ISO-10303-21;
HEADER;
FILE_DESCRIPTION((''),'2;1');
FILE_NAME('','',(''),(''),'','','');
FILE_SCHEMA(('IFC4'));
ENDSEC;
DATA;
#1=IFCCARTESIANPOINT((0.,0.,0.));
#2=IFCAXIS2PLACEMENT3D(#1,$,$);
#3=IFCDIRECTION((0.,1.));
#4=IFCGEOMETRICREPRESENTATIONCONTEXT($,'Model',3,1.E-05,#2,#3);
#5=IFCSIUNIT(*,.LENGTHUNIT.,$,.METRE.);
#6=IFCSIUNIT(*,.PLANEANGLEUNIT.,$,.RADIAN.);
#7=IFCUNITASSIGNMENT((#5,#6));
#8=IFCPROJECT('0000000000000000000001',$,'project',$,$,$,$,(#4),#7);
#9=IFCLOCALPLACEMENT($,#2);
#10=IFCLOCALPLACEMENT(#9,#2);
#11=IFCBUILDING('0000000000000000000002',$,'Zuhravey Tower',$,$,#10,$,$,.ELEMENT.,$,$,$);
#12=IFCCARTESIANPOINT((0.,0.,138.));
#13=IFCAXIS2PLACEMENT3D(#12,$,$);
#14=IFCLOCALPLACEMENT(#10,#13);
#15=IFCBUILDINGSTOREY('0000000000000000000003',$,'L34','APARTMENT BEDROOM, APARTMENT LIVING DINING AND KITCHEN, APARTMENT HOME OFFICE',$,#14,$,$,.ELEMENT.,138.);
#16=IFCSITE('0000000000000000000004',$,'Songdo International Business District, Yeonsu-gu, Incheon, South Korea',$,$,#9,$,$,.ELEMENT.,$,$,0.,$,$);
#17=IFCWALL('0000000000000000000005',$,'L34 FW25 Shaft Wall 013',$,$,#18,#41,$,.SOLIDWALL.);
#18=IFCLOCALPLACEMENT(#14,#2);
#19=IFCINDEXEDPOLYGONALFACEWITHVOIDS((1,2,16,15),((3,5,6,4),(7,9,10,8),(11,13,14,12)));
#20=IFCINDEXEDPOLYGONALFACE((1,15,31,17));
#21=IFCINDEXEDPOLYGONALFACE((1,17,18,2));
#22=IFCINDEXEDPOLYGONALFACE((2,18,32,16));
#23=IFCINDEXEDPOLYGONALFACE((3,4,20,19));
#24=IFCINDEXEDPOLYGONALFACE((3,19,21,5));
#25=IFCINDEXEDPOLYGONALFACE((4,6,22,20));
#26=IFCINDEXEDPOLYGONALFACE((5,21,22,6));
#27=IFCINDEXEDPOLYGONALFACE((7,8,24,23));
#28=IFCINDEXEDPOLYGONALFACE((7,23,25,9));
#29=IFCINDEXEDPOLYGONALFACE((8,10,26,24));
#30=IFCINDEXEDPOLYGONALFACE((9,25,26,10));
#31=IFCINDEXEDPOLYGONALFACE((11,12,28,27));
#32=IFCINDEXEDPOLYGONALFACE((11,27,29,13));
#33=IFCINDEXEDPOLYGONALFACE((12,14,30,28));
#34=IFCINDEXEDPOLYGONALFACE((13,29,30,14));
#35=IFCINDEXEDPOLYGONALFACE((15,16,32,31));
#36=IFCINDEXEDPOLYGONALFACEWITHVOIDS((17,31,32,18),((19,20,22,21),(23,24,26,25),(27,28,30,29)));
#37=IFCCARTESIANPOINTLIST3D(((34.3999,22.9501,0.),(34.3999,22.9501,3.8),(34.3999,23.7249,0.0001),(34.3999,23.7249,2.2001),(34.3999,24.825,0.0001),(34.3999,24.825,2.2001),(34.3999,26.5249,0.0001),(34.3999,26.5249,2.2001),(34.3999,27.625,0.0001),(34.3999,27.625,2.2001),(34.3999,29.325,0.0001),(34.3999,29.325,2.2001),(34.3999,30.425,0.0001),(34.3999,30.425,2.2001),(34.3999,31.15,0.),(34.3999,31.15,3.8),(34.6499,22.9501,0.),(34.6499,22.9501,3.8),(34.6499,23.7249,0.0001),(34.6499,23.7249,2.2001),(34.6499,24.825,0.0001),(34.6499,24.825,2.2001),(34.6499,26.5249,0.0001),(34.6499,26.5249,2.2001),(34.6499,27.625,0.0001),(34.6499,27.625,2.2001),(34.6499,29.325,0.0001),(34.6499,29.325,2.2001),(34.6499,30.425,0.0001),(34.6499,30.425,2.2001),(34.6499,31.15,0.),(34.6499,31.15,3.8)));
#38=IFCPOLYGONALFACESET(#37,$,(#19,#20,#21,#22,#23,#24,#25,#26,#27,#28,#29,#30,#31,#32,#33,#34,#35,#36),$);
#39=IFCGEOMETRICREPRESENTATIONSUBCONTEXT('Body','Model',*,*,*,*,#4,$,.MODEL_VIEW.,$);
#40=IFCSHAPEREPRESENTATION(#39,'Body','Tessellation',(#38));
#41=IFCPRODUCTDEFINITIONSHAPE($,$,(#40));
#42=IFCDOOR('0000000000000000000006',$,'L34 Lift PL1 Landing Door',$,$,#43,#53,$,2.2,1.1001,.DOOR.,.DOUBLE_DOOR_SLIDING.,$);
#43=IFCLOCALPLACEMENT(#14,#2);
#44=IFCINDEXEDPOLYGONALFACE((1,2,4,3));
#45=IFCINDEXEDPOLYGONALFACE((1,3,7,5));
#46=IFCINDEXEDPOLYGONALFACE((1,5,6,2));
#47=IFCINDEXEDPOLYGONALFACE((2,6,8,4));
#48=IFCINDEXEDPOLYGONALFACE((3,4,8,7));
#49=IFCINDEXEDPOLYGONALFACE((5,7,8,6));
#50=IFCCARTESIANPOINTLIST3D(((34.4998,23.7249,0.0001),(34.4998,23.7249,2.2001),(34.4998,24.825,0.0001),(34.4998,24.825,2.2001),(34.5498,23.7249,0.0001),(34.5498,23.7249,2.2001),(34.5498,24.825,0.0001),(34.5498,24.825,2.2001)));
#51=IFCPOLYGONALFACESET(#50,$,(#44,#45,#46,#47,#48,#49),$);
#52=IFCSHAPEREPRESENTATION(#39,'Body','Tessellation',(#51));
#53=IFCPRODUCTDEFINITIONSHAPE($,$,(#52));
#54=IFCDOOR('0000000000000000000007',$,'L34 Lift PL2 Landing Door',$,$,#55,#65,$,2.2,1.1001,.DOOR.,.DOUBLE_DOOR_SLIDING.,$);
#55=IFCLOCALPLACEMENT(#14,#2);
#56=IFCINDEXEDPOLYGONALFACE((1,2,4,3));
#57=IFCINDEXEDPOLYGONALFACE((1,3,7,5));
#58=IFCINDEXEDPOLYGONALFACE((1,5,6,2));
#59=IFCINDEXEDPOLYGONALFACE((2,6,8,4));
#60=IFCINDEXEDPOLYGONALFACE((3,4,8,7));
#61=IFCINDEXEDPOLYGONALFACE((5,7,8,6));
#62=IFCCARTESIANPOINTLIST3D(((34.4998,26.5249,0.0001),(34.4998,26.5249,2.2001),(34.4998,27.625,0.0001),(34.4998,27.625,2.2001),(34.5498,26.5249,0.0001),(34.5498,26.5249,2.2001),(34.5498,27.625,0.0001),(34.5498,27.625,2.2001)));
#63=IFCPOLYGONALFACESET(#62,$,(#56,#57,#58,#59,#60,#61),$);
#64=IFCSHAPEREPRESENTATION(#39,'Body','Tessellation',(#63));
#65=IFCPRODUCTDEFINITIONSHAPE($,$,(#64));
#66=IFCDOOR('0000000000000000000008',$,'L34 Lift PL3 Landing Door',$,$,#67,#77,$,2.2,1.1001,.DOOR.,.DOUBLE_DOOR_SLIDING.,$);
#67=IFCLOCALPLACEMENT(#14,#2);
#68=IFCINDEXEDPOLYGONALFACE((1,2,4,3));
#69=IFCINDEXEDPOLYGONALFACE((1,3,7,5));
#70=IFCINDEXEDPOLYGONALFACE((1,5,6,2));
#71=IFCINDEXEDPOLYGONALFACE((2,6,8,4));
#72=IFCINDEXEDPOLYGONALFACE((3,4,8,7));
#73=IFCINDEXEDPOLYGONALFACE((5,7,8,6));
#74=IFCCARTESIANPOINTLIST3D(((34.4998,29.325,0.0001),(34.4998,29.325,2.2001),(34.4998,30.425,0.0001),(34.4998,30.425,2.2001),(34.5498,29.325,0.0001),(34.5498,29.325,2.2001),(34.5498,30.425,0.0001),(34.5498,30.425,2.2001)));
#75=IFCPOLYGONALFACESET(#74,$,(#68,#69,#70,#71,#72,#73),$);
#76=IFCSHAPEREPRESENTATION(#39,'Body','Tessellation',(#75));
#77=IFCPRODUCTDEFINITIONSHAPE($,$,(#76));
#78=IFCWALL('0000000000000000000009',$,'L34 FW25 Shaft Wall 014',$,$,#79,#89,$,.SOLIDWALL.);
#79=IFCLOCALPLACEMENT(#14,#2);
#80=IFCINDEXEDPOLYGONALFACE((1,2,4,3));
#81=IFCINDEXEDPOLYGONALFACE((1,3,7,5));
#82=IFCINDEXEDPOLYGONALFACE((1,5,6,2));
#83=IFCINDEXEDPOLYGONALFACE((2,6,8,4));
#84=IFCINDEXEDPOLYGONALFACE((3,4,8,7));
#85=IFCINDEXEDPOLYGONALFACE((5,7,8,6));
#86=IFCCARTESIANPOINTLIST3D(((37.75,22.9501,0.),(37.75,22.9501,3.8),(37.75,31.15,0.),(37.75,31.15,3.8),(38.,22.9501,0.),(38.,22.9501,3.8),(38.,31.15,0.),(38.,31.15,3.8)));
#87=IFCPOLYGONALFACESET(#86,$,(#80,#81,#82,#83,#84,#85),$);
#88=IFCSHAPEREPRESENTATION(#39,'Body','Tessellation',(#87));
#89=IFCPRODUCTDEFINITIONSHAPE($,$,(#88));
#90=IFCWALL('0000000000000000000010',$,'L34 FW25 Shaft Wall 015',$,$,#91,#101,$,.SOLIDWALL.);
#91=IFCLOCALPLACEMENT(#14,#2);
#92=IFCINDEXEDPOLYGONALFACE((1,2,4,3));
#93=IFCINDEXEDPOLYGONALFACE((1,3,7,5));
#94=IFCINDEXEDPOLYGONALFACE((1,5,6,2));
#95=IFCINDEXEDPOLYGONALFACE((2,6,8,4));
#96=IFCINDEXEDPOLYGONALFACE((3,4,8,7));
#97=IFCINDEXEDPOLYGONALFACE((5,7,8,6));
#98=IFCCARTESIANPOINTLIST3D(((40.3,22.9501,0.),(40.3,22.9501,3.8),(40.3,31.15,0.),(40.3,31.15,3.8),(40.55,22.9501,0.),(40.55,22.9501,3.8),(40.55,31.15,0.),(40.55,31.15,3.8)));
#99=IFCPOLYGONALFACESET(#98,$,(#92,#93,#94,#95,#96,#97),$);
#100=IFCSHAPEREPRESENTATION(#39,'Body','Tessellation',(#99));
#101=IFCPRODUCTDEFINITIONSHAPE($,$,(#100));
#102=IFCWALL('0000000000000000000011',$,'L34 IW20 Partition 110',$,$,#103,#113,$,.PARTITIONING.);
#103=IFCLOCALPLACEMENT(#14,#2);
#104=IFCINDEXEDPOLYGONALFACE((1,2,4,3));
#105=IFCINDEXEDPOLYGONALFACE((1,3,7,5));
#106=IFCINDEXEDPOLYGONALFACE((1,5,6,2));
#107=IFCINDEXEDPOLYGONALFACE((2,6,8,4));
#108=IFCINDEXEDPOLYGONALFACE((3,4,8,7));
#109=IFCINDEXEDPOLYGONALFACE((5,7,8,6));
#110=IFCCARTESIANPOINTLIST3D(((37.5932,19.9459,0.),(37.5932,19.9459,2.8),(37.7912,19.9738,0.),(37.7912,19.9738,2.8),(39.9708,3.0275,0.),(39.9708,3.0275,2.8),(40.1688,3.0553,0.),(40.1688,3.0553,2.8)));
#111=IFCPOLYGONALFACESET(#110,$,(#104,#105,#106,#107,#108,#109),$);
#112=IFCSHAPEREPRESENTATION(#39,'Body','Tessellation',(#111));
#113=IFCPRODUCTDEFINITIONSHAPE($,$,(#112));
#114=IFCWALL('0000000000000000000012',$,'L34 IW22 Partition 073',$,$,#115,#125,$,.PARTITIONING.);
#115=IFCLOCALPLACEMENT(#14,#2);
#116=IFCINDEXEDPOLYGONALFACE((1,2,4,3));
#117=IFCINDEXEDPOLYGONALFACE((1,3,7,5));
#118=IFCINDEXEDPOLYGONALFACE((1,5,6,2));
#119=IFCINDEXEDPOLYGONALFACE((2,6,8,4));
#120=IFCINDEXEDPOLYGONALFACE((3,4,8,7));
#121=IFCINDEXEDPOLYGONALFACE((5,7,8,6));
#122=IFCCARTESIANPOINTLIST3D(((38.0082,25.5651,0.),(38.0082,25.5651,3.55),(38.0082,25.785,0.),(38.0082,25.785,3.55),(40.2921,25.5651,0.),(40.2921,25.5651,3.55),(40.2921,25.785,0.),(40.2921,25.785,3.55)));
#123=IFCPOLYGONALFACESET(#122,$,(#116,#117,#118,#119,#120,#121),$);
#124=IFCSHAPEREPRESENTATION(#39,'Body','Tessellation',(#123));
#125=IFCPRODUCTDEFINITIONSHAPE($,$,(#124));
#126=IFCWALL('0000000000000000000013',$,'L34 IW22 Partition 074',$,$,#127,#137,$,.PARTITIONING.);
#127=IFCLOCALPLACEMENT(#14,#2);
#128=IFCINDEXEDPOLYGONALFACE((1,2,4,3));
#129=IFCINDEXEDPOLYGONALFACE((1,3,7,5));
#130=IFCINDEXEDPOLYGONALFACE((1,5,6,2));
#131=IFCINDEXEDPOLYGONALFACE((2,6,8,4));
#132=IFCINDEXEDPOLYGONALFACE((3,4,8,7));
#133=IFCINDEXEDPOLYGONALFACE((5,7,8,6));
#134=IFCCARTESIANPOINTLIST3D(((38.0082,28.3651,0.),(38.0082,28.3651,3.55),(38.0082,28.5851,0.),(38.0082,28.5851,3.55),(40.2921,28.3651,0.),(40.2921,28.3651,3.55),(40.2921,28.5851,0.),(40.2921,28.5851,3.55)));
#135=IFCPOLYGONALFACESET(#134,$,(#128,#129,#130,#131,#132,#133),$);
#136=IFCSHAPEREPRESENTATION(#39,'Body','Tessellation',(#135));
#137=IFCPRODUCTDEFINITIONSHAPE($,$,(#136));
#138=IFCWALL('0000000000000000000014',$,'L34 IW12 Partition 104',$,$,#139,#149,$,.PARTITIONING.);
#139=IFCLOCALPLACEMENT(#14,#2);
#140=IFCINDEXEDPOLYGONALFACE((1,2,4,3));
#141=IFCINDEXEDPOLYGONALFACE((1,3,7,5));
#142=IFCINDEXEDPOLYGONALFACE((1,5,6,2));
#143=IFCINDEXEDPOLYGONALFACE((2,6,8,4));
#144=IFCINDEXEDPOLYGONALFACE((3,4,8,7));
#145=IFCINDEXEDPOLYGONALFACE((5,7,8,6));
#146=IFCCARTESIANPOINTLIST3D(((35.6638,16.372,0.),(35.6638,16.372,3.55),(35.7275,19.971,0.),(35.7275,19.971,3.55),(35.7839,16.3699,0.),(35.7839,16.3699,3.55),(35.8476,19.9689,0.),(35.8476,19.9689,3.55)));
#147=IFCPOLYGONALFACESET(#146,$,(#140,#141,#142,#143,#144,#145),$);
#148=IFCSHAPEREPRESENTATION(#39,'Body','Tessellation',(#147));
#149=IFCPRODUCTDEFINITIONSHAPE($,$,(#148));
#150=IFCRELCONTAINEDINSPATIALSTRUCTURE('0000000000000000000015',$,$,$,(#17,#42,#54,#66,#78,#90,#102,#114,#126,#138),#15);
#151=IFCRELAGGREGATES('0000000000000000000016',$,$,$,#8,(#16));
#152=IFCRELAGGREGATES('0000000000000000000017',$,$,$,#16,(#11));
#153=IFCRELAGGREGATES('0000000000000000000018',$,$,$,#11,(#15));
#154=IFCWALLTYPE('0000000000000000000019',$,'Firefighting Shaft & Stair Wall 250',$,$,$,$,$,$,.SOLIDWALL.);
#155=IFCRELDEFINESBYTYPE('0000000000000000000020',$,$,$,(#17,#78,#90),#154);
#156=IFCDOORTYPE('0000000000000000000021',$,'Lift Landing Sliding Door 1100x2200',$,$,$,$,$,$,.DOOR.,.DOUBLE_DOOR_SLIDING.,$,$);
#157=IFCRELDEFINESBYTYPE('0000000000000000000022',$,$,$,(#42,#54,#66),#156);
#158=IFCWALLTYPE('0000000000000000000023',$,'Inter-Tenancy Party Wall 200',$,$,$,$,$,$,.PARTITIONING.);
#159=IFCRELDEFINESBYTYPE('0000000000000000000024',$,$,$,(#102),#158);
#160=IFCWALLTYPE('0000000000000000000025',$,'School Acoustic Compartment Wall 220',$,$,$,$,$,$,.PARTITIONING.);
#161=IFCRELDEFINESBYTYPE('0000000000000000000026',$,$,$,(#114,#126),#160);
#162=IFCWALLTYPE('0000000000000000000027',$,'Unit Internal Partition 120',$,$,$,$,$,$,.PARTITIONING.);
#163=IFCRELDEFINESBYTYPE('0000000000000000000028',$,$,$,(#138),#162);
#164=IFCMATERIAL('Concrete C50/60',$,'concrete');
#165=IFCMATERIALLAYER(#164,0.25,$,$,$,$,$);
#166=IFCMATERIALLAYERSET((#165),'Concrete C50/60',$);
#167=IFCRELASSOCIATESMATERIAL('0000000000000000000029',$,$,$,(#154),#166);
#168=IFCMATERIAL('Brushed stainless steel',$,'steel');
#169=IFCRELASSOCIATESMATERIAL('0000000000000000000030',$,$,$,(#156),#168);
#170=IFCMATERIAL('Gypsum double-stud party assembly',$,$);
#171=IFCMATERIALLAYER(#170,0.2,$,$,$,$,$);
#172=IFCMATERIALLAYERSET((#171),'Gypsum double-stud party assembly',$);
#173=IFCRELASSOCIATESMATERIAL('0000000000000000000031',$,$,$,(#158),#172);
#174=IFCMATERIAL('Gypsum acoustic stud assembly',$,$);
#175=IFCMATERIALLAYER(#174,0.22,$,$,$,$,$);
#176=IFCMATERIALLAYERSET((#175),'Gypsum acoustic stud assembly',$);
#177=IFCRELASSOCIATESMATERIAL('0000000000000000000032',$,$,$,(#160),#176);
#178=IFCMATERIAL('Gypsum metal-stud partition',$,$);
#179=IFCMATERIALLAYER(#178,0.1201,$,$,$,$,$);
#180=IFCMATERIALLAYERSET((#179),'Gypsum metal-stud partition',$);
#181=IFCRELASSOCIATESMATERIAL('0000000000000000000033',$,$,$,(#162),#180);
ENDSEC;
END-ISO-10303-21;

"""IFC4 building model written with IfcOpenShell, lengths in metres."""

from ifc_helpers import new_model, si_unit, direction, frame, frame_2d, origin, place, context, subcontext, project, spatial, rectangle, extrude, material, layer, layer_set, type_object, element, fill, save


model = new_model("IFC4")

# Units and contexts
model_context = context("Model", 3, precision=1e-05, world=origin(), true_north=direction((0.0, 1.0)))
body_context = subcontext(model_context, "Body", "Model", "MODEL_VIEW")
ifc_project = project(units=[si_unit("LENGTHUNIT", "METRE"), si_unit("PLANEANGLEUNIT", "RADIAN")], contexts=[model_context])

# Site, building, storey
site_placement = place(None, origin())
site = spatial("IfcSite", under=ifc_project, at=site_placement, Name="Songdo International Business District, Yeonsu-gu, Incheon, South Korea", CompositionType="ELEMENT", RefElevation=0.0)
building_placement = place(site_placement, origin())
building = spatial("IfcBuilding", under=site, at=building_placement, Name="Zuhravey Tower", CompositionType="ELEMENT")
storey_placement = place(building_placement, frame((0.0, 0.0, 138.0)))
storey = spatial("IfcBuildingStorey", under=building, at=storey_placement, Name="L34", Description="APARTMENT BEDROOM, APARTMENT LIVING DINING AND KITCHEN, APARTMENT HOME OFFICE", CompositionType="ELEMENT", Elevation=138.0)

# Shared definitions
ifc_material_1 = material(Name="Concrete C50/60", Category="concrete")
ifc_layer_1 = layer(ifc_material_1, 0.25)
ifc_layer_set_1 = layer_set([ifc_layer_1], Name="Concrete C50/60")
wall_type_1 = type_object("IfcWallType", Name="Firefighting Shaft & Stair Wall 250", PredefinedType="SOLIDWALL", material=ifc_layer_set_1)

# Wall, openings, doors
wall_1_placement = place(storey_placement, frame((34.5249, 22.95, 0.0), z_axis=(0.0, 0.0, 1.0), x_axis=(0.0, 1.0, 0.0)))
wall_1 = element("IfcWall", 1, at=wall_1_placement, inside=storey, type_object=wall_type_1, Name="L34 FW25 Shaft Wall 013", PredefinedType="SOLIDWALL", context=body_context, shape_type="SweptSolid", body=[
    extrude(rectangle(XDim=8.2, YDim=0.25, at=frame_2d((4.1001, 0.0))), origin(), (0.0, 0.0, 1.0), 3.8),
])
opening_1_placement = place(wall_1_placement, frame((0.7749, 0.0, 0.0)))
opening_1 = element("IfcOpeningElement", 2, at=opening_1_placement, cuts=wall_1, PredefinedType="OPENING", context=body_context, shape_type="SweptSolid", body=[
    extrude(rectangle(XDim=1.1001, YDim=2.2, at=frame_2d((0.55, 1.1001))), frame((0.0, 0.137, 0.0), z_axis=(0.0, -1.0, 0.0), x_axis=(1.0, 0.0, 0.0)), (0.0, 0.0, 1.0), 0.2739),
])
opening_2_placement = place(wall_1_placement, frame((3.575, 0.0, 0.0)))
opening_2 = element("IfcOpeningElement", 3, at=opening_2_placement, cuts=wall_1, PredefinedType="OPENING", context=body_context, shape_type="SweptSolid", body=[
    extrude(rectangle(XDim=1.1001, YDim=2.2, at=frame_2d((0.55, 1.1001))), frame((0.0, 0.137, 0.0), z_axis=(0.0, -1.0, 0.0), x_axis=(1.0, 0.0, 0.0)), (0.0, 0.0, 1.0), 0.2739),
])
opening_3_placement = place(wall_1_placement, frame((6.375, 0.0, 0.0)))
opening_3 = element("IfcOpeningElement", 4, at=opening_3_placement, cuts=wall_1, PredefinedType="OPENING", context=body_context, shape_type="SweptSolid", body=[
    extrude(rectangle(XDim=1.1001, YDim=2.2, at=frame_2d((0.55, 1.1001))), frame((0.0, 0.137, 0.0), z_axis=(0.0, -1.0, 0.0), x_axis=(1.0, 0.0, 0.0)), (0.0, 0.0, 1.0), 0.2739),
])
ifc_material_2 = material(Name="Brushed stainless steel", Category="steel")
door_type_1 = type_object("IfcDoorType", Name="Lift Landing Sliding Door 1100x2200", OperationType="DOUBLE_DOOR_SLIDING", PredefinedType="DOOR", material=ifc_material_2)
door_1_placement = place(opening_1_placement, frame((1.1001, 0.0, 0.0), z_axis=(0.0, 0.0, 1.0), x_axis=(-1.0, 0.0, 0.0)))
door_1 = element("IfcDoor", 5, at=door_1_placement, inside=storey, type_object=door_type_1, Name="L34 Lift PL1 Landing Door", OperationType="DOUBLE_DOOR_SLIDING", OverallHeight=2.2, OverallWidth=1.1001, PredefinedType="DOOR", context=body_context, shape_type="SweptSolid", body=[
    extrude(rectangle(XDim=1.1001, YDim=2.2, at=frame_2d((0.55, 1.1001))), frame((0.0, 0.0249, 0.0), z_axis=(0.0, -1.0, 0.0), x_axis=(1.0, 0.0, 0.0)), (0.0, 0.0, 1.0), 0.05),
])
fill(opening_1, door_1)
door_2_placement = place(opening_2_placement, frame((1.1001, 0.0, 0.0), z_axis=(0.0, 0.0, 1.0), x_axis=(-1.0, 0.0, 0.0)))
door_2 = element("IfcDoor", 6, at=door_2_placement, inside=storey, type_object=door_type_1, Name="L34 Lift PL2 Landing Door", OperationType="DOUBLE_DOOR_SLIDING", OverallHeight=2.2, OverallWidth=1.1001, PredefinedType="DOOR", context=body_context, shape_type="SweptSolid", body=[
    extrude(rectangle(XDim=1.1001, YDim=2.2, at=frame_2d((0.55, 1.1001))), frame((0.0, 0.0249, 0.0), z_axis=(0.0, -1.0, 0.0), x_axis=(1.0, 0.0, 0.0)), (0.0, 0.0, 1.0), 0.05),
])
fill(opening_2, door_2)
door_3_placement = place(opening_3_placement, frame((1.1001, 0.0, 0.0), z_axis=(0.0, 0.0, 1.0), x_axis=(-1.0, 0.0, 0.0)))
door_3 = element("IfcDoor", 7, at=door_3_placement, inside=storey, type_object=door_type_1, Name="L34 Lift PL3 Landing Door", OperationType="DOUBLE_DOOR_SLIDING", OverallHeight=2.2, OverallWidth=1.1001, PredefinedType="DOOR", context=body_context, shape_type="SweptSolid", body=[
    extrude(rectangle(XDim=1.1001, YDim=2.2, at=frame_2d((0.55, 1.1001))), frame((0.0, 0.0249, 0.0), z_axis=(0.0, -1.0, 0.0), x_axis=(1.0, 0.0, 0.0)), (0.0, 0.0, 1.0), 0.05),
])
fill(opening_3, door_3)

# Walls
for number, where, z_axis, x_axis, name in (
    (8, (37.875, 22.95, 0.0), (0.0, 0.0, 1.0), (0.0, 1.0, 0.0), "L34 FW25 Shaft Wall 014"),
    (9, (40.425, 22.95, 0.0), (0.0, 0.0, 1.0), (0.0, 1.0, 0.0), "L34 FW25 Shaft Wall 015"),
):
    element("IfcWall", number, at=place(storey_placement, frame(where, z_axis=z_axis, x_axis=x_axis)), inside=storey, type_object=wall_type_1, Name=name, PredefinedType="SOLIDWALL", context=body_context, shape_type="SweptSolid", body=[
        extrude(rectangle(XDim=8.2, YDim=0.25, at=frame_2d((4.1001, 0.0))), origin(), (0.0, 0.0, 1.0), 3.8),
    ])
ifc_material_3 = material(Name="Gypsum double-stud party assembly")
ifc_layer_2 = layer(ifc_material_3, 0.2)
ifc_layer_set_2 = layer_set([ifc_layer_2], Name="Gypsum double-stud party assembly")
wall_type_2 = type_object("IfcWallType", Name="Inter-Tenancy Party Wall 200", PredefinedType="PARTITIONING", material=ifc_layer_set_2)
wall_2_placement = place(storey_placement, frame((37.6921, 19.96, 0.0), z_axis=(0.0, 0.0, 1.0), x_axis=(0.13917, -0.990268, 0.0)))
element("IfcWall", 10, at=wall_2_placement, inside=storey, type_object=wall_type_2, Name="L34 IW20 Partition 110", PredefinedType="PARTITIONING", context=body_context, shape_type="SweptSolid", body=[
    extrude(rectangle(XDim=17.0847, YDim=0.2, at=frame_2d((8.5425, 0.0))), origin(), (0.0, 0.0, 1.0), 2.8),
])
ifc_material_4 = material(Name="Gypsum acoustic stud assembly")
ifc_layer_3 = layer(ifc_material_4, 0.22)
ifc_layer_set_3 = layer_set([ifc_layer_3], Name="Gypsum acoustic stud assembly")
wall_type_3 = type_object("IfcWallType", Name="School Acoustic Compartment Wall 220", PredefinedType="PARTITIONING", material=ifc_layer_set_3)
for number, where, z_axis, x_axis, name in (
    (11, (38.0081, 25.675, 0.0), (0.0, 0.0, 1.0), (1.0, 0.0, 0.0), "L34 IW22 Partition 073"),
    (12, (38.0081, 28.4751, 0.0), (0.0, 0.0, 1.0), (1.0, 0.0, 0.0), "L34 IW22 Partition 074"),
):
    element("IfcWall", number, at=place(storey_placement, frame(where, z_axis=z_axis, x_axis=x_axis)), inside=storey, type_object=wall_type_3, Name=name, PredefinedType="PARTITIONING", context=body_context, shape_type="SweptSolid", body=[
        extrude(rectangle(XDim=2.2839, YDim=0.22, at=frame_2d((1.1421, 0.0))), origin(), (0.0, 0.0, 1.0), 3.55),
    ])
ifc_material_5 = material(Name="Gypsum metal-stud partition")
ifc_layer_4 = layer(ifc_material_5, 0.1201)
ifc_layer_set_4 = layer_set([ifc_layer_4], Name="Gypsum metal-stud partition")
wall_type_4 = type_object("IfcWallType", Name="Unit Internal Partition 120", PredefinedType="PARTITIONING", material=ifc_layer_set_4)
wall_3_placement = place(storey_placement, frame((35.7876, 19.97, 0.0), z_axis=(0.0, 0.0, 1.0), x_axis=(-0.017702, -0.999843, 0.0)))
element("IfcWall", 13, at=wall_3_placement, inside=storey, type_object=wall_type_4, Name="L34 IW12 Partition 104", PredefinedType="PARTITIONING", context=body_context, shape_type="SweptSolid", body=[
    extrude(rectangle(XDim=3.5996, YDim=0.1201, at=frame_2d((1.7998, 0.0))), origin(), (0.0, 0.0, 1.0), 3.55),
])

save(model, "model.ifc")
